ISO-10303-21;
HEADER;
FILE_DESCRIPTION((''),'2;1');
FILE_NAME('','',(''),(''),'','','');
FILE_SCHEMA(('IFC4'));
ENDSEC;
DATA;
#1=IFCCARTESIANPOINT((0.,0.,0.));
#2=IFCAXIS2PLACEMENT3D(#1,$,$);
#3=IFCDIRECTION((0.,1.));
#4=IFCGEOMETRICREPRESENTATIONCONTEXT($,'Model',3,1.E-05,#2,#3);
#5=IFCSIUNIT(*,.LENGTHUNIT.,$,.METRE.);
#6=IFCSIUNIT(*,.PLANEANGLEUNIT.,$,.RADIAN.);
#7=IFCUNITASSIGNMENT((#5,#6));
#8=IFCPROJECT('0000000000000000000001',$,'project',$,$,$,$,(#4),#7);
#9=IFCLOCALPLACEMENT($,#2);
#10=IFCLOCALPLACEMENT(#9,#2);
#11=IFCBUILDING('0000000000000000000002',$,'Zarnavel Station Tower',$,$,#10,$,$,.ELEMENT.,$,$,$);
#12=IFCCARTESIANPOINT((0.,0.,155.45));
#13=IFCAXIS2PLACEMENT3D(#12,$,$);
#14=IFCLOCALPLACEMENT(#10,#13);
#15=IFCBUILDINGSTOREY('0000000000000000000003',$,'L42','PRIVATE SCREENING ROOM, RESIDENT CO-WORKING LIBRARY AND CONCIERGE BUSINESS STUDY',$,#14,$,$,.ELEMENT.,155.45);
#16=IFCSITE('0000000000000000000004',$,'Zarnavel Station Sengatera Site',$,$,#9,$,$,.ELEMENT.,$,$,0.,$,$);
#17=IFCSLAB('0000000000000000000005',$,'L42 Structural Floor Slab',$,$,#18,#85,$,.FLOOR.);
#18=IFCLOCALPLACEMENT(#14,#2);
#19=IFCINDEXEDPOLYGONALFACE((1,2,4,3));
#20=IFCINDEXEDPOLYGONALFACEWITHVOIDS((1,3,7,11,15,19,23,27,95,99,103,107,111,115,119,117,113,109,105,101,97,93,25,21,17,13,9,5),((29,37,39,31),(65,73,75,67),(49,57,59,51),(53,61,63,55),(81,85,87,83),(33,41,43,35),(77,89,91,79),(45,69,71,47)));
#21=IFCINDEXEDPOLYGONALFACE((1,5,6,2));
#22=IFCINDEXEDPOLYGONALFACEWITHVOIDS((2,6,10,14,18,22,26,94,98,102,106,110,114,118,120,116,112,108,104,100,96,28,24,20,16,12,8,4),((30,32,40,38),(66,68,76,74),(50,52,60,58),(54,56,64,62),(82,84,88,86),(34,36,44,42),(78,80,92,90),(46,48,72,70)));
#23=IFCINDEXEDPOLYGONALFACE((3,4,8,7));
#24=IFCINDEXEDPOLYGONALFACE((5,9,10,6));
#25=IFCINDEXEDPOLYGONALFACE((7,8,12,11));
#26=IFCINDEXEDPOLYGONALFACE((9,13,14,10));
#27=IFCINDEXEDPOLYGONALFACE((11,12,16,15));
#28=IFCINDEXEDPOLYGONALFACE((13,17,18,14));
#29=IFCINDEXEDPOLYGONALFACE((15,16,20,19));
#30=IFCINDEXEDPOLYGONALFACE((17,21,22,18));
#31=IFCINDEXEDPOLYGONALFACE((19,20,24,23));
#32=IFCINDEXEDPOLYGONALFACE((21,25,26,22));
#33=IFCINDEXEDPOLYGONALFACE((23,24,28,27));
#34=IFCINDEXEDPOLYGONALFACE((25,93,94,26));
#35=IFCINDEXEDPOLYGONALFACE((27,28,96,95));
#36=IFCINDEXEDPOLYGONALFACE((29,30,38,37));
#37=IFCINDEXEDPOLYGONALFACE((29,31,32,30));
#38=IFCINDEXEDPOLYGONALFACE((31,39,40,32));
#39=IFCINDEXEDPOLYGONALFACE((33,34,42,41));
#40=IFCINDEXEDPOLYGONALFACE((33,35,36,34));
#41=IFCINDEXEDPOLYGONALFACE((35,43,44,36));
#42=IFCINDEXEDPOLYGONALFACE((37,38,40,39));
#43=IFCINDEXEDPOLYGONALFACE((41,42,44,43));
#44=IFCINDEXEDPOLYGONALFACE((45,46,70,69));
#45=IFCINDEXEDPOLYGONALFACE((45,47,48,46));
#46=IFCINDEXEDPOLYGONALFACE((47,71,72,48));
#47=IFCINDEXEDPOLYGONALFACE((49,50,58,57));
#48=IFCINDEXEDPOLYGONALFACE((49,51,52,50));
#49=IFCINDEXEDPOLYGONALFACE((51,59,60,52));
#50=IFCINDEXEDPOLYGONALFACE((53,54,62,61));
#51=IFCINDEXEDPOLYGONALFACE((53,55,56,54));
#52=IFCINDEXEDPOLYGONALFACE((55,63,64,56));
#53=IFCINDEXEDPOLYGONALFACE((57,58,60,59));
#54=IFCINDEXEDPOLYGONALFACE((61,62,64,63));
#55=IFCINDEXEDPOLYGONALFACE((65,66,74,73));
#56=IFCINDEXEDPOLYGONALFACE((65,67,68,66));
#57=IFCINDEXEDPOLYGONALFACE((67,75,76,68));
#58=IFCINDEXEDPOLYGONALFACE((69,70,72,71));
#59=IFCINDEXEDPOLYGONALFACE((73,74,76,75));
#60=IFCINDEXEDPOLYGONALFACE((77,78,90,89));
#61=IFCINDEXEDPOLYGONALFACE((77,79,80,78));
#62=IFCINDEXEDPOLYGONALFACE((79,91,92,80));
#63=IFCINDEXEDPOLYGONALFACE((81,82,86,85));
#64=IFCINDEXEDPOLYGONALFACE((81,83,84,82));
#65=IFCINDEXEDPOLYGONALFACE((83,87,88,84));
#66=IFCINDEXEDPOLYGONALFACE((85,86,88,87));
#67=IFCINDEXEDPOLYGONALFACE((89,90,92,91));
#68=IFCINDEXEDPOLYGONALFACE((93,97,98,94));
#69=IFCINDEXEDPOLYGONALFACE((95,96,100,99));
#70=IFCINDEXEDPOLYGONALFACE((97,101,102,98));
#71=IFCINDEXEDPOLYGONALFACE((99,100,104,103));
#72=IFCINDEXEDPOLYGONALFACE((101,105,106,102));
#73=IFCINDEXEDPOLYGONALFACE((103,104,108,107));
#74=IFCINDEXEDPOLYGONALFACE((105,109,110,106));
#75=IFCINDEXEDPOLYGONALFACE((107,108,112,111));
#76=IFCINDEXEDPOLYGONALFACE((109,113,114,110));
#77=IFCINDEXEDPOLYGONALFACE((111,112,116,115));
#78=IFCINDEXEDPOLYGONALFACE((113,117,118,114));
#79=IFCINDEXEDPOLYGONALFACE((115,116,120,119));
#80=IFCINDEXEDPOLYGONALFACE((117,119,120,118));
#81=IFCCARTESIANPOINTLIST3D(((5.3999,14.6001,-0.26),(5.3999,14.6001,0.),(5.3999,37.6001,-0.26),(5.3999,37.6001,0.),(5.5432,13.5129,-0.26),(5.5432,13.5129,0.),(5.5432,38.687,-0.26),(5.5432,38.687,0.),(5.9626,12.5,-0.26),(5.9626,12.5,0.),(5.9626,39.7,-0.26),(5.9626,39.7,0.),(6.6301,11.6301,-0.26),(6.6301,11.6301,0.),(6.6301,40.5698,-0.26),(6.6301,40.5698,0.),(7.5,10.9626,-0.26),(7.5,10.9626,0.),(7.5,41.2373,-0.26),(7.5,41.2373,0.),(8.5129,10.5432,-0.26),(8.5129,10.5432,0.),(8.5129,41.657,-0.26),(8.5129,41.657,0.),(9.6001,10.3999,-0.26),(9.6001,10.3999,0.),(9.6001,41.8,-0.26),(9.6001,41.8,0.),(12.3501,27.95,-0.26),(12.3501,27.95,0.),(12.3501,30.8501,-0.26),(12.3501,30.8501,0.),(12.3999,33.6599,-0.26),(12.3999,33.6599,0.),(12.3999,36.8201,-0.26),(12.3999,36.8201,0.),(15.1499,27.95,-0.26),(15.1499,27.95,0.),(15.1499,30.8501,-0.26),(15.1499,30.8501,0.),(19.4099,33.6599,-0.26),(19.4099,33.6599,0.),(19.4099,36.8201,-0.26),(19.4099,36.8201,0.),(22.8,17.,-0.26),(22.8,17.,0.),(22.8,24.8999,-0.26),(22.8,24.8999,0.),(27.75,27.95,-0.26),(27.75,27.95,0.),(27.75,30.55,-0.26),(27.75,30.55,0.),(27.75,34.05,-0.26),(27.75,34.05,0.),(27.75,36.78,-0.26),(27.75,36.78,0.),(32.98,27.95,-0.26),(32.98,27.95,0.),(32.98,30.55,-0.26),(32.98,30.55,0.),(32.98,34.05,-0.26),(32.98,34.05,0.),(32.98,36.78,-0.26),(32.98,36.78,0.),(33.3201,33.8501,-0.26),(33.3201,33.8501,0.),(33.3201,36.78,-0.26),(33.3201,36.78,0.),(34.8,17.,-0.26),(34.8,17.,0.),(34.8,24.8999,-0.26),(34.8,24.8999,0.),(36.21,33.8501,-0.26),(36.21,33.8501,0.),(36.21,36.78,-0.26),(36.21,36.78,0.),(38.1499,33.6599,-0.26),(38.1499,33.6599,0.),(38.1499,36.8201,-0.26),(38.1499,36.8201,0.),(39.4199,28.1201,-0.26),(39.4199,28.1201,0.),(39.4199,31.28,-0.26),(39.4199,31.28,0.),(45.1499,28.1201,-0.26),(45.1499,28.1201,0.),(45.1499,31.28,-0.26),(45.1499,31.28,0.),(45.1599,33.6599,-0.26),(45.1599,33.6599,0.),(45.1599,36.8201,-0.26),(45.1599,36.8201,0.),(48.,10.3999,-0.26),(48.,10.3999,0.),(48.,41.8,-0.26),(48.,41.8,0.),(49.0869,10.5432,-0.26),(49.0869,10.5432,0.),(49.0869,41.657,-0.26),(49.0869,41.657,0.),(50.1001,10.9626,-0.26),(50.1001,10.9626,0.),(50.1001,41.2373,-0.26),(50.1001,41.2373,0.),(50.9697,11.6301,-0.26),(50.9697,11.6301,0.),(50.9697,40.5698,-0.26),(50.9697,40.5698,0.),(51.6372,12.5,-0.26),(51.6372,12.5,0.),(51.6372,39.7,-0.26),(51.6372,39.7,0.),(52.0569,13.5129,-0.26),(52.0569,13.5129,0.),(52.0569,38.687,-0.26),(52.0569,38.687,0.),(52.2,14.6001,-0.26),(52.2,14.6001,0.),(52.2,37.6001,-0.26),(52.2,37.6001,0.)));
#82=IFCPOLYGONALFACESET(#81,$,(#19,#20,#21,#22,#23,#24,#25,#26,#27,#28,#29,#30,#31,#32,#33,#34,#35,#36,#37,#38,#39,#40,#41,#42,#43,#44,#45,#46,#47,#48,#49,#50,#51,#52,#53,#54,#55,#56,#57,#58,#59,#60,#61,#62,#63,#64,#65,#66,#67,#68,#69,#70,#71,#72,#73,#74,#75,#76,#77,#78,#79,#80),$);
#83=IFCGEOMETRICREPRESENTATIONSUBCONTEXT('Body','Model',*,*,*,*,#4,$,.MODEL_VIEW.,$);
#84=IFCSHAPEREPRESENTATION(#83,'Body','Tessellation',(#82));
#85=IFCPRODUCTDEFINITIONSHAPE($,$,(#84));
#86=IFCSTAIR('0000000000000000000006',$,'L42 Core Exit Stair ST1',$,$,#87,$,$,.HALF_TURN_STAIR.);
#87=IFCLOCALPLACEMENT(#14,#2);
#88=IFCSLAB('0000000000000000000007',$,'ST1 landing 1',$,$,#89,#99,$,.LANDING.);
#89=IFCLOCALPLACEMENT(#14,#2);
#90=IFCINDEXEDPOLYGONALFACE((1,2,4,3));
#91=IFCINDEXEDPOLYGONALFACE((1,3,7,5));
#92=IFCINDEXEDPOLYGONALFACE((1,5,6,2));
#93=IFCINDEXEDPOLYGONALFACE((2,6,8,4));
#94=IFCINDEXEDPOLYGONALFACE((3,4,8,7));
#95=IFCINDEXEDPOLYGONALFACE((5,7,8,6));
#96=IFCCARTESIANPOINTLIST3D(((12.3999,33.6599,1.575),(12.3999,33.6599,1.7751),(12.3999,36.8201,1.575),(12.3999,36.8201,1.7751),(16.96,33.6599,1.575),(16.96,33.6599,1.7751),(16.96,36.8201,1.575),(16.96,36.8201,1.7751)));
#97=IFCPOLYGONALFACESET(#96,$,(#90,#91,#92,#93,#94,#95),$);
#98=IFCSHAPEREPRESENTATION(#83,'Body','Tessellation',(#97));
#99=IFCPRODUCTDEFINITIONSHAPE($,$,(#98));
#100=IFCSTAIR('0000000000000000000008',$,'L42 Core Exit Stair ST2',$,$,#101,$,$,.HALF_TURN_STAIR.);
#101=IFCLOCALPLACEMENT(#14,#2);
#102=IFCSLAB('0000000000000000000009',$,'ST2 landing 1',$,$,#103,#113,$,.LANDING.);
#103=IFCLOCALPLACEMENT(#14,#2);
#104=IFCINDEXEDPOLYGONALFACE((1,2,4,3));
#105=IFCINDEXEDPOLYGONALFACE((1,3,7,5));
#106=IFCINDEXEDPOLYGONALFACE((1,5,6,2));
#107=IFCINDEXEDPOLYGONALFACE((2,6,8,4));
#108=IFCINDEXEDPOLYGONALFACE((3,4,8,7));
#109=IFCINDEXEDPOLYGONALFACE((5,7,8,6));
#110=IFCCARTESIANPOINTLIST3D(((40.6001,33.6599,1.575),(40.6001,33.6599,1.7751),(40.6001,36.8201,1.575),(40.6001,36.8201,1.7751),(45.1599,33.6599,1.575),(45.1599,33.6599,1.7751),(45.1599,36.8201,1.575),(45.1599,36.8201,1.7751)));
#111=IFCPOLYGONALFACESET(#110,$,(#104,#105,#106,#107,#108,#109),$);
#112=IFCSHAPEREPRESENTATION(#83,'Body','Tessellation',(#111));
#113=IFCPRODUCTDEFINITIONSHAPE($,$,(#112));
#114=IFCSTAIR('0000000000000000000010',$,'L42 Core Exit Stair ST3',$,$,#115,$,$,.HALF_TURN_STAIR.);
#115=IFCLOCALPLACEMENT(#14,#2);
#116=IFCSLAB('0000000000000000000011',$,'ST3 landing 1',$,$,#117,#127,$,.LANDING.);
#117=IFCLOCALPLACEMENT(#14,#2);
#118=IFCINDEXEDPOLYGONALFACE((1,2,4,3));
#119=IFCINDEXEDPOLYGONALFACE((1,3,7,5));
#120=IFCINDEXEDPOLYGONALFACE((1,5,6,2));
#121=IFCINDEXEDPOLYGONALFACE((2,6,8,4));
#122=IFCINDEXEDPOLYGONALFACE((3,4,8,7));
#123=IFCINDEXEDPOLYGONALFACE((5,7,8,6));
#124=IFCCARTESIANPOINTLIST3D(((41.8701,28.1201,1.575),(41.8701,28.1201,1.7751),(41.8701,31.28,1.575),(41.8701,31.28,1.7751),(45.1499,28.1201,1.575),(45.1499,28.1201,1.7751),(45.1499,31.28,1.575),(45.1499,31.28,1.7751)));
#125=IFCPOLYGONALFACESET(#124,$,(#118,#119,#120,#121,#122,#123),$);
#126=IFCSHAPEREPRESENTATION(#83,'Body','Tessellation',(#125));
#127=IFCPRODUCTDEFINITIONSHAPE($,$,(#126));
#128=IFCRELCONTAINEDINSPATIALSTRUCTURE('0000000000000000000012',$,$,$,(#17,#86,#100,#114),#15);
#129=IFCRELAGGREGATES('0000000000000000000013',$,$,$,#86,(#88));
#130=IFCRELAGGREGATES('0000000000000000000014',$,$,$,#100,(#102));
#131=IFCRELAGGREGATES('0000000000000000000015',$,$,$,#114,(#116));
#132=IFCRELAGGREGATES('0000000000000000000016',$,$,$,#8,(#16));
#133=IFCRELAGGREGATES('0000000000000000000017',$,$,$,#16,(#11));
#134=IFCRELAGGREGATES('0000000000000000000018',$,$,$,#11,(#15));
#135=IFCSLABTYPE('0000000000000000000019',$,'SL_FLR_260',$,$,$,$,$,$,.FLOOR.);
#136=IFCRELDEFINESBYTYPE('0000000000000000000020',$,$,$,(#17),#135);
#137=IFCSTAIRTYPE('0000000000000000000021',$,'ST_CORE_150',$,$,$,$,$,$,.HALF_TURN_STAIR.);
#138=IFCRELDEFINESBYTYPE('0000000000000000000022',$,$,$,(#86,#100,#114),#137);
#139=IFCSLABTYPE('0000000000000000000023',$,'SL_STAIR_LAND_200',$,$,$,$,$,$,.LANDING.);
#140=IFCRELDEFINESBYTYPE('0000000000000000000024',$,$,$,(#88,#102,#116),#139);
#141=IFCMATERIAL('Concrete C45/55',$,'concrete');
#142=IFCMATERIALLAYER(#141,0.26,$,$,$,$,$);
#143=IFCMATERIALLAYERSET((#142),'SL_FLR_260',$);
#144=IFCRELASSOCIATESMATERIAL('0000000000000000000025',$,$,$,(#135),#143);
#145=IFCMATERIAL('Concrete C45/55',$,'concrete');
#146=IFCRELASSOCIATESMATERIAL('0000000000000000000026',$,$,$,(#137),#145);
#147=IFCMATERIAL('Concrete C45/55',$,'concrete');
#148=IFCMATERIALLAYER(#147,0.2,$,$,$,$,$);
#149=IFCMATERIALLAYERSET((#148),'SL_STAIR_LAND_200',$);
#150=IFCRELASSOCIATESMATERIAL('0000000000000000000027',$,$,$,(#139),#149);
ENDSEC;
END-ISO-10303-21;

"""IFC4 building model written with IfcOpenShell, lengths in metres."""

from ifc_helpers import new_model, si_unit, direction, frame, origin, place, context, subcontext, project, spatial, polyline, outline, extrude, material, layer, layer_set, type_object, element, aggregate, save


model = new_model("IFC4")

# Units and contexts
model_context = context("Model", 3, precision=1e-05, world=origin(), true_north=direction((0.0, 1.0)))
body_context = subcontext(model_context, "Body", "Model", "MODEL_VIEW")
ifc_project = project(units=[si_unit("LENGTHUNIT", "METRE"), si_unit("PLANEANGLEUNIT", "RADIAN")], contexts=[model_context])

# Site, building, storey
site_placement = place(None, origin())
site = spatial("IfcSite", under=ifc_project, at=site_placement, Name="Zarnavel Station Sengatera Site", CompositionType="ELEMENT", RefElevation=0.0)
building_placement = place(site_placement, origin())
building = spatial("IfcBuilding", under=site, at=building_placement, Name="Zarnavel Station Tower", CompositionType="ELEMENT")
storey_placement = place(building_placement, frame((0.0, 0.0, 155.45)))
storey = spatial("IfcBuildingStorey", under=building, at=storey_placement, Name="L42", Description="PRIVATE SCREENING ROOM, RESIDENT CO-WORKING LIBRARY AND CONCIERGE BUSINESS STUDY", CompositionType="ELEMENT", Elevation=155.45)

# Slab
ifc_material_1 = material(Name="Concrete C45/55", Category="concrete")
ifc_layer_1 = layer(ifc_material_1, 0.26)
ifc_layer_set_1 = layer_set([ifc_layer_1], Name="SL_FLR_260")
slab_type_1 = type_object("IfcSlabType", Name="SL_FLR_260", PredefinedType="FLOOR", material=ifc_layer_set_1)
slab_1_placement = place(storey_placement, frame((0.0, 0.0, -0.26)))
element("IfcSlab", 1, at=slab_1_placement, inside=storey, type_object=slab_type_1, Name="L42 Structural Floor Slab", PredefinedType="FLOOR", context=body_context, shape_type="SweptSolid", body=[
    extrude(outline(polyline([(48.0, 10.3999), (49.0869, 10.5432), (50.1001, 10.9626), (50.9697, 11.6301), (51.6372, 12.5), (52.0569, 13.5129), (52.2, 14.6001), (52.2, 37.6001), (52.0569, 38.687), (51.6372, 39.7), (50.9697, 40.5698), (50.1001, 41.2373), (49.0869, 41.657), (48.0, 41.8), (9.6001, 41.8), (8.5129, 41.657), (7.5, 41.2373), (6.6301, 40.5698), (5.9626, 39.7), (5.5432, 38.687), (5.3999, 37.6001), (5.3999, 14.6001), (5.5432, 13.5129), (5.9626, 12.5), (6.6301, 11.6301), (7.5, 10.9626), (8.5129, 10.5432), (9.6001, 10.3999), (48.0, 10.3999)]), holes=[polyline([(12.3999, 33.6599), (19.4099, 33.6599), (19.4099, 36.8201), (12.3999, 36.8201), (12.3999, 33.6599)]), polyline([(38.1499, 33.6599), (45.1599, 33.6599), (45.1599, 36.8201), (38.1499, 36.8201), (38.1499, 33.6599)]), polyline([(39.4199, 28.1201), (45.1499, 28.1201), (45.1499, 31.28), (39.4199, 31.28), (39.4199, 28.1201)]), polyline([(12.3501, 27.95), (15.1499, 27.95), (15.1499, 30.8501), (12.3501, 30.8501), (12.3501, 27.95)]), polyline([(33.3201, 33.8501), (36.21, 33.8501), (36.21, 36.78), (33.3201, 36.78), (33.3201, 33.8501)]), polyline([(27.75, 34.05), (32.98, 34.05), (32.98, 36.78), (27.75, 36.78), (27.75, 34.05)]), polyline([(27.75, 27.95), (32.98, 27.95), (32.98, 30.55), (27.75, 30.55), (27.75, 27.95)]), polyline([(22.8, 17.0), (34.8, 17.0), (34.8, 24.8999), (22.8, 24.8999), (22.8, 17.0)])]), origin(), (0.0, 0.0, 1.0), 0.26),
])

# Stairs, slabs
ifc_material_2 = material(Name="Concrete C45/55", Category="concrete")
stair_type = type_object("IfcStairType", Name="ST_CORE_150", PredefinedType="HALF_TURN_STAIR", material=ifc_material_2)
stair_1_placement = place(storey_placement, origin())
stair_1 = element("IfcStair", 2, at=stair_1_placement, inside=storey, type_object=stair_type, Name="L42 Core Exit Stair ST1", PredefinedType="HALF_TURN_STAIR")
ifc_material_3 = material(Name="Concrete C45/55", Category="concrete")
ifc_layer_2 = layer(ifc_material_3, 0.2)
ifc_layer_set_2 = layer_set([ifc_layer_2], Name="SL_STAIR_LAND_200")
slab_type_2 = type_object("IfcSlabType", Name="SL_STAIR_LAND_200", PredefinedType="LANDING", material=ifc_layer_set_2)
slab_2_placement = place(storey_placement, frame((0.0, 0.0, 1.575)))
slab_2 = element("IfcSlab", 3, at=slab_2_placement, type_object=slab_type_2, Name="ST1 landing 1", PredefinedType="LANDING", context=body_context, shape_type="SweptSolid", body=[
    extrude(outline(polyline([(16.96, 36.8201), (12.3999, 36.8201), (12.3999, 33.6599), (16.96, 33.6599), (16.96, 36.8201)])), origin(), (0.0, 0.0, 1.0), 0.2002),
])
aggregate(stair_1, [slab_2])
stair_2_placement = place(storey_placement, origin())
stair_2 = element("IfcStair", 4, at=stair_2_placement, inside=storey, type_object=stair_type, Name="L42 Core Exit Stair ST2", PredefinedType="HALF_TURN_STAIR")
slab_3_placement = place(storey_placement, frame((0.0, 0.0, 1.575)))
slab_3 = element("IfcSlab", 5, at=slab_3_placement, type_object=slab_type_2, Name="ST2 landing 1", PredefinedType="LANDING", context=body_context, shape_type="SweptSolid", body=[
    extrude(outline(polyline([(40.6001, 33.6599), (45.1599, 33.6599), (45.1599, 36.8201), (40.6001, 36.8201), (40.6001, 33.6599)])), origin(), (0.0, 0.0, 1.0), 0.2002),
])
aggregate(stair_2, [slab_3])
stair_3_placement = place(storey_placement, origin())
stair_3 = element("IfcStair", 6, at=stair_3_placement, inside=storey, type_object=stair_type, Name="L42 Core Exit Stair ST3", PredefinedType="HALF_TURN_STAIR")
slab_4_placement = place(storey_placement, frame((0.0, 0.0, 1.575)))
slab_4 = element("IfcSlab", 7, at=slab_4_placement, type_object=slab_type_2, Name="ST3 landing 1", PredefinedType="LANDING", context=body_context, shape_type="SweptSolid", body=[
    extrude(outline(polyline([(41.8701, 28.1201), (45.1499, 28.1201), (45.1499, 31.28), (41.8701, 31.28), (41.8701, 28.1201)])), origin(), (0.0, 0.0, 1.0), 0.2002),
])
aggregate(stair_3, [slab_4])

save(model, "model.ifc")
